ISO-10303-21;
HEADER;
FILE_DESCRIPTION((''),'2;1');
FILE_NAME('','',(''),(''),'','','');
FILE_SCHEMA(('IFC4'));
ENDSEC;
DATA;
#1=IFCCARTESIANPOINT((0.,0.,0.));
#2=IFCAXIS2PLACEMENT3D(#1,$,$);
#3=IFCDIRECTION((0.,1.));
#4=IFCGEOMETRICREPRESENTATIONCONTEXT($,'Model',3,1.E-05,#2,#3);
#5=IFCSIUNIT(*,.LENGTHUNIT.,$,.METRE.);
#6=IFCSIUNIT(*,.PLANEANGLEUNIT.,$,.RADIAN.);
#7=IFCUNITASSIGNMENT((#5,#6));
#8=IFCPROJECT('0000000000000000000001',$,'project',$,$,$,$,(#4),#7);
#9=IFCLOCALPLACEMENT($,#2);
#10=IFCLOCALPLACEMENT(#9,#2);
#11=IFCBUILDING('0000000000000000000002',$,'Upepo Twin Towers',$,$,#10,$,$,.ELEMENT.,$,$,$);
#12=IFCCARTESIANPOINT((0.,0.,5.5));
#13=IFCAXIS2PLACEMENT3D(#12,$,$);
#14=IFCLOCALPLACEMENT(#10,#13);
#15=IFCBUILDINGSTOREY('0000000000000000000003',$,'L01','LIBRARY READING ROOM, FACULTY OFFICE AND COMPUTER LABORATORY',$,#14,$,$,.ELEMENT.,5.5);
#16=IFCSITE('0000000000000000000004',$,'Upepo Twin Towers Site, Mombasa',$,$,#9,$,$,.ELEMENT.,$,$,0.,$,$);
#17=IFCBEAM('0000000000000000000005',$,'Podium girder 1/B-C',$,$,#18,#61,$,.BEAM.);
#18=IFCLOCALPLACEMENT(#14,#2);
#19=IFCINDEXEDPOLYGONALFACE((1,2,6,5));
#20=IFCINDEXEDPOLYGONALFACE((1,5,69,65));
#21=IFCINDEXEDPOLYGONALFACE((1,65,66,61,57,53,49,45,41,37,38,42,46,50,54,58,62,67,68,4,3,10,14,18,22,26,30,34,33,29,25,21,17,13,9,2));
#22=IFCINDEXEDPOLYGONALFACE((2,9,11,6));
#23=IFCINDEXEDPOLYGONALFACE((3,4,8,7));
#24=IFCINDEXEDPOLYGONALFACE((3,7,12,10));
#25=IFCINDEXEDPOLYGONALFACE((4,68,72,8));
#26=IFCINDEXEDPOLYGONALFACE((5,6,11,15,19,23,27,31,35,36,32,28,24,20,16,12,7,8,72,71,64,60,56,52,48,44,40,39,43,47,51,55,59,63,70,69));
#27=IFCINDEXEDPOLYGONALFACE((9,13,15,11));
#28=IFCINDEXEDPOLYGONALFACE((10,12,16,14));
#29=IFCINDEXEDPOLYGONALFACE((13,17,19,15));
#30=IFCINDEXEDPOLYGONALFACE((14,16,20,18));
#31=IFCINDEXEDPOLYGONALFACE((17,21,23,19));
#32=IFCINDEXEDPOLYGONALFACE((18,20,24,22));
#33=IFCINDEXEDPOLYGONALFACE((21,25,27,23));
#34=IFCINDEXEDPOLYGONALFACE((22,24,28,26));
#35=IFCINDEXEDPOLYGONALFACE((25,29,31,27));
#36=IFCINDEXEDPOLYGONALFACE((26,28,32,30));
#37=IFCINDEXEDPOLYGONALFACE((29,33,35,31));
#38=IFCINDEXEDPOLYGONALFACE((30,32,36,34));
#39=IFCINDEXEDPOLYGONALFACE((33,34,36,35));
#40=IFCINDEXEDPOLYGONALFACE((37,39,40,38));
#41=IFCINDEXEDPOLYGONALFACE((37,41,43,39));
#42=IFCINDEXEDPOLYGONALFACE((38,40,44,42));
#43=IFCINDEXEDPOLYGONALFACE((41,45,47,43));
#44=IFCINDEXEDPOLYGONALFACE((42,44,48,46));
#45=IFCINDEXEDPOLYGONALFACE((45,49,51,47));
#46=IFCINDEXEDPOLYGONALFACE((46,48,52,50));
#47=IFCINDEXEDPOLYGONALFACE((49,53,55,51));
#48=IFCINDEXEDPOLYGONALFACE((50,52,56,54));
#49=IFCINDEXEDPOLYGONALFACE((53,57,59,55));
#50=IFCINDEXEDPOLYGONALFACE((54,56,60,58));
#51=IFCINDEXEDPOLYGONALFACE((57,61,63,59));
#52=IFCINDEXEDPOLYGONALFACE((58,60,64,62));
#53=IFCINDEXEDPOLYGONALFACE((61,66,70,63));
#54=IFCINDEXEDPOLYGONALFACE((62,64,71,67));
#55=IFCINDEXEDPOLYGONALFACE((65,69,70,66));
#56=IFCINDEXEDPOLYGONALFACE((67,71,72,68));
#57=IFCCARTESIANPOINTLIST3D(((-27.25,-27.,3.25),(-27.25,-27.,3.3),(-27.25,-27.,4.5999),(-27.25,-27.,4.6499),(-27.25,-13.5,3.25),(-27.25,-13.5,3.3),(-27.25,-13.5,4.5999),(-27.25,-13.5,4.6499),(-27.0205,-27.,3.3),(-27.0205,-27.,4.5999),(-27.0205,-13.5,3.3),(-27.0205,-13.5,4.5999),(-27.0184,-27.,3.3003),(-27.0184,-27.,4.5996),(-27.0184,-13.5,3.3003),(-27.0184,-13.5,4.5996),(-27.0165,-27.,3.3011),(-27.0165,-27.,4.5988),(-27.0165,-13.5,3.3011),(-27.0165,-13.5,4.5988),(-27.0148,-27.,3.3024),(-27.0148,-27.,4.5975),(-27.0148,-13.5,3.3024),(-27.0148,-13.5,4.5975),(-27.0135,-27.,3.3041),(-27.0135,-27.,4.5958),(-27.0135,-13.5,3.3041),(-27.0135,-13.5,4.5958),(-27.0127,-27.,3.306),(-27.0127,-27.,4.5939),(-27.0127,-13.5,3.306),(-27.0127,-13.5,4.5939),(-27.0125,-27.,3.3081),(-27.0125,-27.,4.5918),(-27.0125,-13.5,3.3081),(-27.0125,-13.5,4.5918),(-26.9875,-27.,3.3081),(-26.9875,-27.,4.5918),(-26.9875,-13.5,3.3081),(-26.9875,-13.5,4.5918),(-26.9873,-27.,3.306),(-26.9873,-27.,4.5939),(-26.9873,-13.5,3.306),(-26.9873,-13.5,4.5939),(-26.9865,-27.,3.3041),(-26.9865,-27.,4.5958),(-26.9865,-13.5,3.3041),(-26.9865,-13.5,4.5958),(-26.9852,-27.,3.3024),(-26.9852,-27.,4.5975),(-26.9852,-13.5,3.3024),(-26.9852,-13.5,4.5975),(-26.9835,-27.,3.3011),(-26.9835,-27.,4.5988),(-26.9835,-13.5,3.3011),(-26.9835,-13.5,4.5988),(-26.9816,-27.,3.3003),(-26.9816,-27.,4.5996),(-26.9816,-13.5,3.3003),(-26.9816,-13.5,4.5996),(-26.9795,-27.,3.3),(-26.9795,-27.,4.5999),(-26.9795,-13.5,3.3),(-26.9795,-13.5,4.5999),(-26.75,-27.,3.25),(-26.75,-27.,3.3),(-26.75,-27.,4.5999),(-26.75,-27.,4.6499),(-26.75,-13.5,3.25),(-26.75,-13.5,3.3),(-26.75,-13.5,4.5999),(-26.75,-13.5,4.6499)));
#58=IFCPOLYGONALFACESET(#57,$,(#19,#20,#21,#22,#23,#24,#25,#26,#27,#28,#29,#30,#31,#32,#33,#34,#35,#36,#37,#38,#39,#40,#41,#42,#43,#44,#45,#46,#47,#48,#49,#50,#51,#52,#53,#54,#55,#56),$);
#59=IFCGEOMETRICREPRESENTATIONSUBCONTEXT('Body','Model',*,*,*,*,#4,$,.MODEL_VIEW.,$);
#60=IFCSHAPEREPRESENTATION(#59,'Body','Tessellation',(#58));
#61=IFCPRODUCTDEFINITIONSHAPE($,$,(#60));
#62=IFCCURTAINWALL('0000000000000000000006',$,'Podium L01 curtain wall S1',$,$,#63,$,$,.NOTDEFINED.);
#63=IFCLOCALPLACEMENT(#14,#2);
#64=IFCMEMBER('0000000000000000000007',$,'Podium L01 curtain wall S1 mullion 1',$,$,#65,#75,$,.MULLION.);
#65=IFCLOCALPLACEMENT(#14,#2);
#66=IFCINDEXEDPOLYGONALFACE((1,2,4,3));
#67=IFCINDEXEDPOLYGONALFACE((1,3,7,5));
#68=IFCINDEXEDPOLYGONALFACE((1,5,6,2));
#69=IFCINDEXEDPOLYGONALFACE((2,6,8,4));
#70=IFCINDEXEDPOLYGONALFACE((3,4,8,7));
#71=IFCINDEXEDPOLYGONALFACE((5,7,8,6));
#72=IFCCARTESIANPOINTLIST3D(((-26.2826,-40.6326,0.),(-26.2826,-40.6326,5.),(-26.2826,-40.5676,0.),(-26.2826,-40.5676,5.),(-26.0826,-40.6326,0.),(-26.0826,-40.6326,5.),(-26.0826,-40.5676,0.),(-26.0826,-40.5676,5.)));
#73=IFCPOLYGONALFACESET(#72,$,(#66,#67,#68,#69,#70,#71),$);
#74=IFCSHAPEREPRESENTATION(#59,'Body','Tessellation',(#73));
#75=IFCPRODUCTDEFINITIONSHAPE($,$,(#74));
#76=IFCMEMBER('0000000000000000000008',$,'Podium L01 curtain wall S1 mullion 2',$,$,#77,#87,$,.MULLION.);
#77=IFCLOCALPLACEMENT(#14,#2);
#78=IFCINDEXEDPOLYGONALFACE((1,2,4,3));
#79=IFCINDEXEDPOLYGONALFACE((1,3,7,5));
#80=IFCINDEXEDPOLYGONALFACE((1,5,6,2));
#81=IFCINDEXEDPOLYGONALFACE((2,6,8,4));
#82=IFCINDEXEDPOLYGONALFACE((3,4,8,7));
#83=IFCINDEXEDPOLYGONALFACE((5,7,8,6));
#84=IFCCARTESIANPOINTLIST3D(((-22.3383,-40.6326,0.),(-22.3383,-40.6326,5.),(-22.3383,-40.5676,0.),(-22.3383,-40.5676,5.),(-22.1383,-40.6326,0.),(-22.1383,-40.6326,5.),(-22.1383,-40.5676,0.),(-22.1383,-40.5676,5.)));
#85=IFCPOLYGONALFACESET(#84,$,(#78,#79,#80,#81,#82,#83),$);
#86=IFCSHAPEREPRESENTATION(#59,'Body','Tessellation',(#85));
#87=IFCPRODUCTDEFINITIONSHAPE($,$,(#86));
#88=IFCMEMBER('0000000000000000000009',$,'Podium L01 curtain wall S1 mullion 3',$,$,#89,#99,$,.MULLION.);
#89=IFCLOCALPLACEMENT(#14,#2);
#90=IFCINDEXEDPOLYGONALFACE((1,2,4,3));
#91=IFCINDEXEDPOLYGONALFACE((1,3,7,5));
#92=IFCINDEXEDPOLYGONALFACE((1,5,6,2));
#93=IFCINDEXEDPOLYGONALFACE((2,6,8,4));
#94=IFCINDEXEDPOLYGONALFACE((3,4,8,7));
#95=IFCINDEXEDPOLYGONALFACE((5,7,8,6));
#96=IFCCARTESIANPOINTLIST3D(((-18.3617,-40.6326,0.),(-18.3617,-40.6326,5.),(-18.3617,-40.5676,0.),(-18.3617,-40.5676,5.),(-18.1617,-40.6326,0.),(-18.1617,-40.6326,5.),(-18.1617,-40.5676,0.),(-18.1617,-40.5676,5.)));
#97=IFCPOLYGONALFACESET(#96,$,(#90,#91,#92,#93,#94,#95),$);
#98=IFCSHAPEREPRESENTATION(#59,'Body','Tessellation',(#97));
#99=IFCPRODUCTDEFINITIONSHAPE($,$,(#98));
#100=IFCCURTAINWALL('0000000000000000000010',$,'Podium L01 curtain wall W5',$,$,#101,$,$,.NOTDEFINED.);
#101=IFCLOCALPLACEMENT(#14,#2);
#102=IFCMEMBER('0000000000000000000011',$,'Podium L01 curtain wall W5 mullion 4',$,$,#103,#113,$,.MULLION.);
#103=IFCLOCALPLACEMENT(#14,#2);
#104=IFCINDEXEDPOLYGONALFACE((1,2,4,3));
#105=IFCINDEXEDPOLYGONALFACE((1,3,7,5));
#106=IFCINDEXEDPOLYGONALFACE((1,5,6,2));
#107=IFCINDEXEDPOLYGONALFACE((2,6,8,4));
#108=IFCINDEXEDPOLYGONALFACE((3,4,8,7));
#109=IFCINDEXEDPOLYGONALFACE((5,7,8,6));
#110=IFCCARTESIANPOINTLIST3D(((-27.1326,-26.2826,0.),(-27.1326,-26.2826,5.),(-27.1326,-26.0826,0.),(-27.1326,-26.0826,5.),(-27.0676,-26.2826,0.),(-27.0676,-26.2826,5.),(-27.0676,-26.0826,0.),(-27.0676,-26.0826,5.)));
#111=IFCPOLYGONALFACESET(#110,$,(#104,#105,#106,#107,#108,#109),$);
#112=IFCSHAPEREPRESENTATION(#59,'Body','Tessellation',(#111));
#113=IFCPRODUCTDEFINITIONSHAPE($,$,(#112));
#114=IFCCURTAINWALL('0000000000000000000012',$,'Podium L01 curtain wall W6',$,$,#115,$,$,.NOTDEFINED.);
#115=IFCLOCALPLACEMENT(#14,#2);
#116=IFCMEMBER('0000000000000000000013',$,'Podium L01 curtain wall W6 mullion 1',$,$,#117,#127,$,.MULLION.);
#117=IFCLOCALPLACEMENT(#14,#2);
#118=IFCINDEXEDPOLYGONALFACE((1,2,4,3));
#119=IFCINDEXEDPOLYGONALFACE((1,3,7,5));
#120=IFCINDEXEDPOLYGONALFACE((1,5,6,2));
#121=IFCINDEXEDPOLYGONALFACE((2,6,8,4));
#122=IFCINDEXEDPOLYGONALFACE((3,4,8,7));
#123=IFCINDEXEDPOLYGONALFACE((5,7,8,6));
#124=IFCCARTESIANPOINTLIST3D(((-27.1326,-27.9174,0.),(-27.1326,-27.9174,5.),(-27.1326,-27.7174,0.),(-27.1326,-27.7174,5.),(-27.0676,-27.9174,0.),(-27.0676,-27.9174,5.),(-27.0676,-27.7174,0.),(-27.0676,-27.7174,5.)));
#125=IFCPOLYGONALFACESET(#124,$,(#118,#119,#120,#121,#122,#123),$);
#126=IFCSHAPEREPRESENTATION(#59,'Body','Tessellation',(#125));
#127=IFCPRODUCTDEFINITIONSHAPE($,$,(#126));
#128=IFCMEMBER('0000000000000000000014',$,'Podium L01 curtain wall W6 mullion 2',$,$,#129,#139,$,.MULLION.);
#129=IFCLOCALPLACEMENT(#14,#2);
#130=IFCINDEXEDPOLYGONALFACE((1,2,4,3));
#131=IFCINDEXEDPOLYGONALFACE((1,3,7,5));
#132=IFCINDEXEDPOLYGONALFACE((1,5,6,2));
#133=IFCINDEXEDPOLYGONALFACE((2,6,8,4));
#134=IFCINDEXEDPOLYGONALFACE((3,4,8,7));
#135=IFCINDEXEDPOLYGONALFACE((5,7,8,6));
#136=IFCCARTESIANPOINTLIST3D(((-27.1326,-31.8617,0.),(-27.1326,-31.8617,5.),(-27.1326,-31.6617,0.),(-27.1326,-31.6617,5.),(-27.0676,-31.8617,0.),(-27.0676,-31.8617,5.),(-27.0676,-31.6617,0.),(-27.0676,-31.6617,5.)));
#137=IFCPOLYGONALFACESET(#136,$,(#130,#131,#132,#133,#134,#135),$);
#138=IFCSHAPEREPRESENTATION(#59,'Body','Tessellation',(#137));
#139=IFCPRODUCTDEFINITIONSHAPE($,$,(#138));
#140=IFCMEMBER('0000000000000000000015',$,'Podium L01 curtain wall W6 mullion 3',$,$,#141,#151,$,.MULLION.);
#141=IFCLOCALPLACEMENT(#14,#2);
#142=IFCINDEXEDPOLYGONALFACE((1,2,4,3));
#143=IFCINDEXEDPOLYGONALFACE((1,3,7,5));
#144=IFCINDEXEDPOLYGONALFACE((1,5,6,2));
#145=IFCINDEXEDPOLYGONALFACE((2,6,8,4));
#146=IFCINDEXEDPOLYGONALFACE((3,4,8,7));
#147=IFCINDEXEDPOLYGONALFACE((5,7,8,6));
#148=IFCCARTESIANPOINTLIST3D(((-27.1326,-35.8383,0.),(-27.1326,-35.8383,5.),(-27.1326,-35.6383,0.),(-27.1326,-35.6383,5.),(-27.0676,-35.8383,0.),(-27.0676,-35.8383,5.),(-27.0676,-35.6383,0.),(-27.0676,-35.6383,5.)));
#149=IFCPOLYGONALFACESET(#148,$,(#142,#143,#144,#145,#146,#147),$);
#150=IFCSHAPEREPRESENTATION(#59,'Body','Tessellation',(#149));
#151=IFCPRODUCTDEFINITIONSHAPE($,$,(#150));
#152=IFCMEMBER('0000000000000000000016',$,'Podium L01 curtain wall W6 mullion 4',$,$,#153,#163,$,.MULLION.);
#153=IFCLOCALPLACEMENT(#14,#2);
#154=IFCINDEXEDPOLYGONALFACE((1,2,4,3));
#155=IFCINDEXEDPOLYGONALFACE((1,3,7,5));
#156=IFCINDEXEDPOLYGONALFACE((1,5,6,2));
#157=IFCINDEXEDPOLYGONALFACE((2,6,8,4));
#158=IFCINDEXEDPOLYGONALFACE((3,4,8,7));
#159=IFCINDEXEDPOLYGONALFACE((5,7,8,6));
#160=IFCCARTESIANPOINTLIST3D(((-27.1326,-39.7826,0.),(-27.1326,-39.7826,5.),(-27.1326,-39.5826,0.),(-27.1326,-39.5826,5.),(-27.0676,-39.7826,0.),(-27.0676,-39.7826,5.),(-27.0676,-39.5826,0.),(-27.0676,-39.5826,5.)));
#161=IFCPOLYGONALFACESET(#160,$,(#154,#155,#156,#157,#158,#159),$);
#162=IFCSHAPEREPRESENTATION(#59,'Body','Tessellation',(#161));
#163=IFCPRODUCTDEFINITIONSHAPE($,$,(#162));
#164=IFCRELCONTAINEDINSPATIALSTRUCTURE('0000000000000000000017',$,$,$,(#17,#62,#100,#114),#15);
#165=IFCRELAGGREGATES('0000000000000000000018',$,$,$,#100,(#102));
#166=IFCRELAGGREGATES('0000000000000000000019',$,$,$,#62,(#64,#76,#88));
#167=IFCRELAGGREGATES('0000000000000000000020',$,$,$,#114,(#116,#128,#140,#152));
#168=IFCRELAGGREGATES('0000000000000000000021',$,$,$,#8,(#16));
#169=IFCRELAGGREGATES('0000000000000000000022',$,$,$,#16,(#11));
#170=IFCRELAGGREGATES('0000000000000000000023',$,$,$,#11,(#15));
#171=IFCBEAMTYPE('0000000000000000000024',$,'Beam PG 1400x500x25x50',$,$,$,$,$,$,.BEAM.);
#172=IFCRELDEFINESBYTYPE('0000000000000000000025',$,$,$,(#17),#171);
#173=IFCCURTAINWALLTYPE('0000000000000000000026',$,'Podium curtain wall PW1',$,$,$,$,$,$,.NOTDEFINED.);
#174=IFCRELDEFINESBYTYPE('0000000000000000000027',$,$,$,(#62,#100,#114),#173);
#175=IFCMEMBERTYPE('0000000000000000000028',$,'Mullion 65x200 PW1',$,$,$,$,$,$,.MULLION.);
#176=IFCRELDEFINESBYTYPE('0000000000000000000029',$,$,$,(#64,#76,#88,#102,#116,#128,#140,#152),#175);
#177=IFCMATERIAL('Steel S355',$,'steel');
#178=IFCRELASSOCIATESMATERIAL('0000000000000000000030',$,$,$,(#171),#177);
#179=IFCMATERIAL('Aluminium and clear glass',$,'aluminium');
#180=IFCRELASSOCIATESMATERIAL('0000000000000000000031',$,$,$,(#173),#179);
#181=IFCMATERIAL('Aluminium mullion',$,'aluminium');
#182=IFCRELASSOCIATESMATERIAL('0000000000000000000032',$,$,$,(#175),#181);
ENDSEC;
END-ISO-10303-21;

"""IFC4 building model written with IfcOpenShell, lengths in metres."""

from ifc_helpers import new_model, si_unit, direction, frame, origin, origin_2d, place, context, subcontext, project, spatial, rectangle, i_section, extrude, material, material_profile, profile_set, type_object, element, aggregate, save


model = new_model("IFC4")

# Units and contexts
model_context = context("Model", 3, precision=1e-05, world=origin(), true_north=direction((0.0, 1.0)))
body_context = subcontext(model_context, "Body", "Model", "MODEL_VIEW")
ifc_project = project(units=[si_unit("LENGTHUNIT", "METRE"), si_unit("PLANEANGLEUNIT", "RADIAN")], contexts=[model_context])

# Site, building, storey
site_placement = place(None, origin())
site = spatial("IfcSite", under=ifc_project, at=site_placement, Name="Upepo Twin Towers Site, Mombasa", CompositionType="ELEMENT", RefElevation=0.0)
building_placement = place(site_placement, origin())
building = spatial("IfcBuilding", under=site, at=building_placement, Name="Upepo Twin Towers", CompositionType="ELEMENT")
storey_placement = place(building_placement, frame((0.0, 0.0, 5.5)))
storey = spatial("IfcBuildingStorey", under=building, at=storey_placement, Name="L01", Description="LIBRARY READING ROOM, FACULTY OFFICE AND COMPUTER LABORATORY", CompositionType="ELEMENT", Elevation=5.5)

# Beam
ifc_material_1 = material(Name="Steel S355", Category="steel")
ifc_material_profile_1 = material_profile(ifc_material_1, i_section(OverallWidth=0.5, OverallDepth=1.3999, WebThickness=0.0249, FlangeThickness=0.05, FilletRadius=0.0081, at=origin_2d()), Name="PG 1400x500x25x50")
ifc_profile_set_1 = profile_set([ifc_material_profile_1], Name="Steel S355")
beam_type_1 = type_object("IfcBeamType", Name="Beam PG 1400x500x25x50", PredefinedType="BEAM", material=ifc_profile_set_1)
for number, where, z_axis, x_axis, name in (
    (1, (-27.0, -27.0, 3.95), (0.0, 1.0, 0.0), (-1.0, 0.0, 0.0), "Podium girder 1/B-C"),
):
    element("IfcBeam", number, at=place(storey_placement, frame(where, z_axis=z_axis, x_axis=x_axis)), inside=storey, type_object=beam_type_1, Name=name, PredefinedType="BEAM", context=body_context, shape_type="SweptSolid", body=[
        extrude(i_section(OverallWidth=0.5, OverallDepth=1.3999, WebThickness=0.0249, FlangeThickness=0.05, FilletRadius=0.0081, at=origin_2d()), origin(), (0.0, 0.0, 1.0), 13.5),
    ])

# Curtain wall, members
ifc_material_2 = material(Name="Aluminium and clear glass", Category="aluminium")
curtain_wall_type = type_object("IfcCurtainWallType", Name="Podium curtain wall PW1", PredefinedType="NOTDEFINED", material=ifc_material_2)
curtain_wall_1_placement = place(storey_placement, origin())
curtain_wall_1 = element("IfcCurtainWall", 2, at=curtain_wall_1_placement, inside=storey, type_object=curtain_wall_type, Name="Podium L01 curtain wall S1", PredefinedType="NOTDEFINED")
ifc_material_3 = material(Name="Aluminium mullion", Category="aluminium")
ifc_material_profile_2 = material_profile(ifc_material_3, rectangle(XDim=0.0649, YDim=0.2, at=origin_2d()), Name="MULLION 65x200 PODIUM")
ifc_profile_set_2 = profile_set([ifc_material_profile_2], Name="Aluminium mullion")
member_type_1 = type_object("IfcMemberType", Name="Mullion 65x200 PW1", PredefinedType="MULLION", material=ifc_profile_set_2)
member_1_placement = place(storey_placement, frame((-26.1826, -40.6001, 0.0), z_axis=(0.0, 0.0, 1.0), x_axis=(0.0, 1.0, 0.0)))
member_1 = element("IfcMember", 3, at=member_1_placement, type_object=member_type_1, Name="Podium L01 curtain wall S1 mullion 1", PredefinedType="MULLION", context=body_context, shape_type="SweptSolid", body=[
    extrude(rectangle(XDim=0.0649, YDim=0.2, at=origin_2d()), origin(), (0.0, 0.0, 1.0), 5.0),
])
member_2_placement = place(storey_placement, frame((-22.2383, -40.6001, 0.0), z_axis=(0.0, 0.0, 1.0), x_axis=(0.0, 1.0, 0.0)))
member_2 = element("IfcMember", 4, at=member_2_placement, type_object=member_type_1, Name="Podium L01 curtain wall S1 mullion 2", PredefinedType="MULLION", context=body_context, shape_type="SweptSolid", body=[
    extrude(rectangle(XDim=0.0649, YDim=0.2, at=origin_2d()), origin(), (0.0, 0.0, 1.0), 5.0),
])
member_3_placement = place(storey_placement, frame((-18.2617, -40.6001, 0.0), z_axis=(0.0, 0.0, 1.0), x_axis=(0.0, 1.0, 0.0)))
member_3 = element("IfcMember", 5, at=member_3_placement, type_object=member_type_1, Name="Podium L01 curtain wall S1 mullion 3", PredefinedType="MULLION", context=body_context, shape_type="SweptSolid", body=[
    extrude(rectangle(XDim=0.0649, YDim=0.2, at=origin_2d()), origin(), (0.0, 0.0, 1.0), 5.0),
])

# Curtain wall, member
curtain_wall_2_placement = place(storey_placement, origin())
curtain_wall_2 = element("IfcCurtainWall", 6, at=curtain_wall_2_placement, inside=storey, type_object=curtain_wall_type, Name="Podium L01 curtain wall W5", PredefinedType="NOTDEFINED")
member_4_placement = place(storey_placement, frame((-27.1001, -26.1826, 0.0), z_axis=(0.0, 0.0, 1.0), x_axis=(1.0, 0.0, 0.0)))
member_4 = element("IfcMember", 7, at=member_4_placement, type_object=member_type_1, Name="Podium L01 curtain wall W5 mullion 4", PredefinedType="MULLION", context=body_context, shape_type="SweptSolid", body=[
    extrude(rectangle(XDim=0.0649, YDim=0.2, at=origin_2d()), origin(), (0.0, 0.0, 1.0), 5.0),
])

# Curtain wall, members
curtain_wall_3_placement = place(storey_placement, origin())
curtain_wall_3 = element("IfcCurtainWall", 8, at=curtain_wall_3_placement, inside=storey, type_object=curtain_wall_type, Name="Podium L01 curtain wall W6", PredefinedType="NOTDEFINED")
member_5_placement = place(storey_placement, frame((-27.1001, -27.8174, 0.0), z_axis=(0.0, 0.0, 1.0), x_axis=(1.0, 0.0, 0.0)))
member_5 = element("IfcMember", 9, at=member_5_placement, type_object=member_type_1, Name="Podium L01 curtain wall W6 mullion 1", PredefinedType="MULLION", context=body_context, shape_type="SweptSolid", body=[
    extrude(rectangle(XDim=0.0649, YDim=0.2, at=origin_2d()), origin(), (0.0, 0.0, 1.0), 5.0),
])
member_6_placement = place(storey_placement, frame((-27.1001, -31.7617, 0.0), z_axis=(0.0, 0.0, 1.0), x_axis=(1.0, 0.0, 0.0)))
member_6 = element("IfcMember", 10, at=member_6_placement, type_object=member_type_1, Name="Podium L01 curtain wall W6 mullion 2", PredefinedType="MULLION", context=body_context, shape_type="SweptSolid", body=[
    extrude(rectangle(XDim=0.0649, YDim=0.2, at=origin_2d()), origin(), (0.0, 0.0, 1.0), 5.0),
])
member_7_placement = place(storey_placement, frame((-27.1001, -35.7383, 0.0), z_axis=(0.0, 0.0, 1.0), x_axis=(1.0, 0.0, 0.0)))
member_7 = element("IfcMember", 11, at=member_7_placement, type_object=member_type_1, Name="Podium L01 curtain wall W6 mullion 3", PredefinedType="MULLION", context=body_context, shape_type="SweptSolid", body=[
    extrude(rectangle(XDim=0.0649, YDim=0.2, at=origin_2d()), origin(), (0.0, 0.0, 1.0), 5.0),
])
member_8_placement = place(storey_placement, frame((-27.1001, -39.6826, 0.0), z_axis=(0.0, 0.0, 1.0), x_axis=(1.0, 0.0, 0.0)))
member_8 = element("IfcMember", 12, at=member_8_placement, type_object=member_type_1, Name="Podium L01 curtain wall W6 mullion 4", PredefinedType="MULLION", context=body_context, shape_type="SweptSolid", body=[
    extrude(rectangle(XDim=0.0649, YDim=0.2, at=origin_2d()), origin(), (0.0, 0.0, 1.0), 5.0),
])

aggregate(curtain_wall_2, [member_4])
aggregate(curtain_wall_1, [member_1, member_2, member_3])
aggregate(curtain_wall_3, [member_5, member_6, member_7, member_8])

save(model, "model.ifc")
